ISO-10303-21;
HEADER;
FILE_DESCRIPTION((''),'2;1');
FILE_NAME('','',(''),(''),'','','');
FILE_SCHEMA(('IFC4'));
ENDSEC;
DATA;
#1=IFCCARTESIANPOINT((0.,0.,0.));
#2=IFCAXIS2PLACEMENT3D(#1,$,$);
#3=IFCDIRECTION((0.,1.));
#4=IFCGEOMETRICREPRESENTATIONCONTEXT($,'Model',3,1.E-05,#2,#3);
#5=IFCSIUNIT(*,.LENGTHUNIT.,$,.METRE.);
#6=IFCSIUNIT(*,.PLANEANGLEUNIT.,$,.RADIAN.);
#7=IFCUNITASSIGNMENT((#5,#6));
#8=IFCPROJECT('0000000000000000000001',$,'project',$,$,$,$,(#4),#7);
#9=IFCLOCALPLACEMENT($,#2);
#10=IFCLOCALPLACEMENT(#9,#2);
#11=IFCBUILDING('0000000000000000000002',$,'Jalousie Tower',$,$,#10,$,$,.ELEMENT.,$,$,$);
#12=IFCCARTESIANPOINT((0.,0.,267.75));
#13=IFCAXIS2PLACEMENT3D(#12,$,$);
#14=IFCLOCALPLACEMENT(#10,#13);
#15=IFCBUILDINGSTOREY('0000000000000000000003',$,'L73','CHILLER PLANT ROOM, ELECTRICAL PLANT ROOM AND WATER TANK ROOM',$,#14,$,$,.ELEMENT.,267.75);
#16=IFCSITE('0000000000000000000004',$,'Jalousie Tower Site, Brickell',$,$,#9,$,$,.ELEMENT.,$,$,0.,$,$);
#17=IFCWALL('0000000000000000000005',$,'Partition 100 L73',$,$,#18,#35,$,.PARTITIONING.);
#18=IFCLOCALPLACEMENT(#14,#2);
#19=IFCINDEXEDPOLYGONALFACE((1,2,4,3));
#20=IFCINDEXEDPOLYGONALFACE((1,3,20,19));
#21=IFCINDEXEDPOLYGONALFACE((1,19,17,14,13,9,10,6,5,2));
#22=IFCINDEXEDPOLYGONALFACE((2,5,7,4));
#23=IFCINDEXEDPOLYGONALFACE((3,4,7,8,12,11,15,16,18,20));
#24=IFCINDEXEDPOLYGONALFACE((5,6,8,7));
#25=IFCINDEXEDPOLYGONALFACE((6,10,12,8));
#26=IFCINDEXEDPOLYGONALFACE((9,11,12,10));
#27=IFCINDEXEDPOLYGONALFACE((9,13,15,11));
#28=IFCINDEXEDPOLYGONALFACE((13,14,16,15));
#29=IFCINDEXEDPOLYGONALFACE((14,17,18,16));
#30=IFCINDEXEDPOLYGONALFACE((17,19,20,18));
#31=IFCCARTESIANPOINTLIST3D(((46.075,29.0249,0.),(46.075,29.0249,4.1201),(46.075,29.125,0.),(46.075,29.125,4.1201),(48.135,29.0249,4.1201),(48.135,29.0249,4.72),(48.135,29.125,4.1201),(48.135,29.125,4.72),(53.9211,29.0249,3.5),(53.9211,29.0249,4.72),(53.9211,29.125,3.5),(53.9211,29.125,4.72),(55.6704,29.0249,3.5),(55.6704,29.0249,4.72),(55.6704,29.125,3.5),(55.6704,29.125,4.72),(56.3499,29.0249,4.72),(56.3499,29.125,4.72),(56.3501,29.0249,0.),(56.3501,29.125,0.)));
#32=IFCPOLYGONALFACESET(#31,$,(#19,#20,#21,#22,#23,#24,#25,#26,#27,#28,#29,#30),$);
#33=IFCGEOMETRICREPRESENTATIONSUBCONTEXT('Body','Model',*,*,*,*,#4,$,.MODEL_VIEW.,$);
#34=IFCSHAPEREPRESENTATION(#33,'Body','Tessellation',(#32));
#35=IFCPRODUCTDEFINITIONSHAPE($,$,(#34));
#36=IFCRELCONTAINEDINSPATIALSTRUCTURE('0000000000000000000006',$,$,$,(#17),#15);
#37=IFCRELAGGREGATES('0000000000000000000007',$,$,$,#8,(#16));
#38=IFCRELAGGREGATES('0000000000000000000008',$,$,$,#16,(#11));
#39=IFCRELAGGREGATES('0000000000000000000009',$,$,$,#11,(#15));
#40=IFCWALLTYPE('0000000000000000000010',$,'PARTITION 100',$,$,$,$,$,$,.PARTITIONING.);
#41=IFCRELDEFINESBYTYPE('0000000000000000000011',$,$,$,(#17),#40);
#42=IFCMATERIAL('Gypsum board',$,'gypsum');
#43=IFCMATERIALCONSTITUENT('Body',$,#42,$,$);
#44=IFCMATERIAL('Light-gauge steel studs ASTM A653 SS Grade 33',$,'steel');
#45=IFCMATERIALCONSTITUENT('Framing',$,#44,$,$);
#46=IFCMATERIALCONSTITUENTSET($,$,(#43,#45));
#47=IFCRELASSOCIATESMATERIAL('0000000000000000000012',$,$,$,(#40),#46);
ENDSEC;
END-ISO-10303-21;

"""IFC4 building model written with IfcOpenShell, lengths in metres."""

from ifc_helpers import new_model, si_unit, direction, frame, origin, place, context, subcontext, project, spatial, polyline, outline, extrude, material, constituent, constituent_set, type_object, element, save


model = new_model("IFC4")

# Units and contexts
model_context = context("Model", 3, precision=1e-05, world=origin(), true_north=direction((0.0, 1.0)))
body_context = subcontext(model_context, "Body", "Model", "MODEL_VIEW")
ifc_project = project(units=[si_unit("LENGTHUNIT", "METRE"), si_unit("PLANEANGLEUNIT", "RADIAN")], contexts=[model_context])

# Site, building, storey
site_placement = place(None, origin())
site = spatial("IfcSite", under=ifc_project, at=site_placement, Name="Jalousie Tower Site, Brickell", CompositionType="ELEMENT", RefElevation=0.0)
building_placement = place(site_placement, origin())
building = spatial("IfcBuilding", under=site, at=building_placement, Name="Jalousie Tower", CompositionType="ELEMENT")
storey_placement = place(building_placement, frame((0.0, 0.0, 267.75)))
storey = spatial("IfcBuildingStorey", under=building, at=storey_placement, Name="L73", Description="CHILLER PLANT ROOM, ELECTRICAL PLANT ROOM AND WATER TANK ROOM", CompositionType="ELEMENT", Elevation=267.75)

# Wall
ifc_material_1 = material(Name="Gypsum board", Category="gypsum")
ifc_constituent_1 = constituent(ifc_material_1, Name="Body")
ifc_material_2 = material(Name="Light-gauge steel studs ASTM A653 SS Grade 33", Category="steel")
ifc_constituent_2 = constituent(ifc_material_2, Name="Framing")
ifc_constituent_set_1 = constituent_set(constituents=[ifc_constituent_1, ifc_constituent_2])
wall_type_1 = type_object("IfcWallType", Name="PARTITION 100", PredefinedType="PARTITIONING", material=ifc_constituent_set_1)
wall_1_placement = place(storey_placement, frame((46.075, 29.075, 0.0), z_axis=(0.0, 0.0, 1.0), x_axis=(1.0, 0.0, 0.0)))
element("IfcWall", 1, at=wall_1_placement, inside=storey, type_object=wall_type_1, Name="Partition 100 L73", PredefinedType="PARTITIONING", context=body_context, shape_type="SweptSolid", body=[
    extrude(outline(polyline([(0.0, 0.0), (10.2751, 0.0), (10.2749, 4.72), (9.5955, 4.72), (9.5955, 3.5), (7.8462, 3.5), (7.8462, 4.72), (2.0601, 4.72), (2.0601, 4.1201), (0.0, 4.1201), (0.0, 4.72), (0.0, 0.0)])), frame((0.0, 0.05, 0.0), z_axis=(0.0, -1.0, 0.0), x_axis=(1.0, 0.0, 0.0)), (0.0, 0.0, 1.0), 0.1001),
])

save(model, "model.ifc")
